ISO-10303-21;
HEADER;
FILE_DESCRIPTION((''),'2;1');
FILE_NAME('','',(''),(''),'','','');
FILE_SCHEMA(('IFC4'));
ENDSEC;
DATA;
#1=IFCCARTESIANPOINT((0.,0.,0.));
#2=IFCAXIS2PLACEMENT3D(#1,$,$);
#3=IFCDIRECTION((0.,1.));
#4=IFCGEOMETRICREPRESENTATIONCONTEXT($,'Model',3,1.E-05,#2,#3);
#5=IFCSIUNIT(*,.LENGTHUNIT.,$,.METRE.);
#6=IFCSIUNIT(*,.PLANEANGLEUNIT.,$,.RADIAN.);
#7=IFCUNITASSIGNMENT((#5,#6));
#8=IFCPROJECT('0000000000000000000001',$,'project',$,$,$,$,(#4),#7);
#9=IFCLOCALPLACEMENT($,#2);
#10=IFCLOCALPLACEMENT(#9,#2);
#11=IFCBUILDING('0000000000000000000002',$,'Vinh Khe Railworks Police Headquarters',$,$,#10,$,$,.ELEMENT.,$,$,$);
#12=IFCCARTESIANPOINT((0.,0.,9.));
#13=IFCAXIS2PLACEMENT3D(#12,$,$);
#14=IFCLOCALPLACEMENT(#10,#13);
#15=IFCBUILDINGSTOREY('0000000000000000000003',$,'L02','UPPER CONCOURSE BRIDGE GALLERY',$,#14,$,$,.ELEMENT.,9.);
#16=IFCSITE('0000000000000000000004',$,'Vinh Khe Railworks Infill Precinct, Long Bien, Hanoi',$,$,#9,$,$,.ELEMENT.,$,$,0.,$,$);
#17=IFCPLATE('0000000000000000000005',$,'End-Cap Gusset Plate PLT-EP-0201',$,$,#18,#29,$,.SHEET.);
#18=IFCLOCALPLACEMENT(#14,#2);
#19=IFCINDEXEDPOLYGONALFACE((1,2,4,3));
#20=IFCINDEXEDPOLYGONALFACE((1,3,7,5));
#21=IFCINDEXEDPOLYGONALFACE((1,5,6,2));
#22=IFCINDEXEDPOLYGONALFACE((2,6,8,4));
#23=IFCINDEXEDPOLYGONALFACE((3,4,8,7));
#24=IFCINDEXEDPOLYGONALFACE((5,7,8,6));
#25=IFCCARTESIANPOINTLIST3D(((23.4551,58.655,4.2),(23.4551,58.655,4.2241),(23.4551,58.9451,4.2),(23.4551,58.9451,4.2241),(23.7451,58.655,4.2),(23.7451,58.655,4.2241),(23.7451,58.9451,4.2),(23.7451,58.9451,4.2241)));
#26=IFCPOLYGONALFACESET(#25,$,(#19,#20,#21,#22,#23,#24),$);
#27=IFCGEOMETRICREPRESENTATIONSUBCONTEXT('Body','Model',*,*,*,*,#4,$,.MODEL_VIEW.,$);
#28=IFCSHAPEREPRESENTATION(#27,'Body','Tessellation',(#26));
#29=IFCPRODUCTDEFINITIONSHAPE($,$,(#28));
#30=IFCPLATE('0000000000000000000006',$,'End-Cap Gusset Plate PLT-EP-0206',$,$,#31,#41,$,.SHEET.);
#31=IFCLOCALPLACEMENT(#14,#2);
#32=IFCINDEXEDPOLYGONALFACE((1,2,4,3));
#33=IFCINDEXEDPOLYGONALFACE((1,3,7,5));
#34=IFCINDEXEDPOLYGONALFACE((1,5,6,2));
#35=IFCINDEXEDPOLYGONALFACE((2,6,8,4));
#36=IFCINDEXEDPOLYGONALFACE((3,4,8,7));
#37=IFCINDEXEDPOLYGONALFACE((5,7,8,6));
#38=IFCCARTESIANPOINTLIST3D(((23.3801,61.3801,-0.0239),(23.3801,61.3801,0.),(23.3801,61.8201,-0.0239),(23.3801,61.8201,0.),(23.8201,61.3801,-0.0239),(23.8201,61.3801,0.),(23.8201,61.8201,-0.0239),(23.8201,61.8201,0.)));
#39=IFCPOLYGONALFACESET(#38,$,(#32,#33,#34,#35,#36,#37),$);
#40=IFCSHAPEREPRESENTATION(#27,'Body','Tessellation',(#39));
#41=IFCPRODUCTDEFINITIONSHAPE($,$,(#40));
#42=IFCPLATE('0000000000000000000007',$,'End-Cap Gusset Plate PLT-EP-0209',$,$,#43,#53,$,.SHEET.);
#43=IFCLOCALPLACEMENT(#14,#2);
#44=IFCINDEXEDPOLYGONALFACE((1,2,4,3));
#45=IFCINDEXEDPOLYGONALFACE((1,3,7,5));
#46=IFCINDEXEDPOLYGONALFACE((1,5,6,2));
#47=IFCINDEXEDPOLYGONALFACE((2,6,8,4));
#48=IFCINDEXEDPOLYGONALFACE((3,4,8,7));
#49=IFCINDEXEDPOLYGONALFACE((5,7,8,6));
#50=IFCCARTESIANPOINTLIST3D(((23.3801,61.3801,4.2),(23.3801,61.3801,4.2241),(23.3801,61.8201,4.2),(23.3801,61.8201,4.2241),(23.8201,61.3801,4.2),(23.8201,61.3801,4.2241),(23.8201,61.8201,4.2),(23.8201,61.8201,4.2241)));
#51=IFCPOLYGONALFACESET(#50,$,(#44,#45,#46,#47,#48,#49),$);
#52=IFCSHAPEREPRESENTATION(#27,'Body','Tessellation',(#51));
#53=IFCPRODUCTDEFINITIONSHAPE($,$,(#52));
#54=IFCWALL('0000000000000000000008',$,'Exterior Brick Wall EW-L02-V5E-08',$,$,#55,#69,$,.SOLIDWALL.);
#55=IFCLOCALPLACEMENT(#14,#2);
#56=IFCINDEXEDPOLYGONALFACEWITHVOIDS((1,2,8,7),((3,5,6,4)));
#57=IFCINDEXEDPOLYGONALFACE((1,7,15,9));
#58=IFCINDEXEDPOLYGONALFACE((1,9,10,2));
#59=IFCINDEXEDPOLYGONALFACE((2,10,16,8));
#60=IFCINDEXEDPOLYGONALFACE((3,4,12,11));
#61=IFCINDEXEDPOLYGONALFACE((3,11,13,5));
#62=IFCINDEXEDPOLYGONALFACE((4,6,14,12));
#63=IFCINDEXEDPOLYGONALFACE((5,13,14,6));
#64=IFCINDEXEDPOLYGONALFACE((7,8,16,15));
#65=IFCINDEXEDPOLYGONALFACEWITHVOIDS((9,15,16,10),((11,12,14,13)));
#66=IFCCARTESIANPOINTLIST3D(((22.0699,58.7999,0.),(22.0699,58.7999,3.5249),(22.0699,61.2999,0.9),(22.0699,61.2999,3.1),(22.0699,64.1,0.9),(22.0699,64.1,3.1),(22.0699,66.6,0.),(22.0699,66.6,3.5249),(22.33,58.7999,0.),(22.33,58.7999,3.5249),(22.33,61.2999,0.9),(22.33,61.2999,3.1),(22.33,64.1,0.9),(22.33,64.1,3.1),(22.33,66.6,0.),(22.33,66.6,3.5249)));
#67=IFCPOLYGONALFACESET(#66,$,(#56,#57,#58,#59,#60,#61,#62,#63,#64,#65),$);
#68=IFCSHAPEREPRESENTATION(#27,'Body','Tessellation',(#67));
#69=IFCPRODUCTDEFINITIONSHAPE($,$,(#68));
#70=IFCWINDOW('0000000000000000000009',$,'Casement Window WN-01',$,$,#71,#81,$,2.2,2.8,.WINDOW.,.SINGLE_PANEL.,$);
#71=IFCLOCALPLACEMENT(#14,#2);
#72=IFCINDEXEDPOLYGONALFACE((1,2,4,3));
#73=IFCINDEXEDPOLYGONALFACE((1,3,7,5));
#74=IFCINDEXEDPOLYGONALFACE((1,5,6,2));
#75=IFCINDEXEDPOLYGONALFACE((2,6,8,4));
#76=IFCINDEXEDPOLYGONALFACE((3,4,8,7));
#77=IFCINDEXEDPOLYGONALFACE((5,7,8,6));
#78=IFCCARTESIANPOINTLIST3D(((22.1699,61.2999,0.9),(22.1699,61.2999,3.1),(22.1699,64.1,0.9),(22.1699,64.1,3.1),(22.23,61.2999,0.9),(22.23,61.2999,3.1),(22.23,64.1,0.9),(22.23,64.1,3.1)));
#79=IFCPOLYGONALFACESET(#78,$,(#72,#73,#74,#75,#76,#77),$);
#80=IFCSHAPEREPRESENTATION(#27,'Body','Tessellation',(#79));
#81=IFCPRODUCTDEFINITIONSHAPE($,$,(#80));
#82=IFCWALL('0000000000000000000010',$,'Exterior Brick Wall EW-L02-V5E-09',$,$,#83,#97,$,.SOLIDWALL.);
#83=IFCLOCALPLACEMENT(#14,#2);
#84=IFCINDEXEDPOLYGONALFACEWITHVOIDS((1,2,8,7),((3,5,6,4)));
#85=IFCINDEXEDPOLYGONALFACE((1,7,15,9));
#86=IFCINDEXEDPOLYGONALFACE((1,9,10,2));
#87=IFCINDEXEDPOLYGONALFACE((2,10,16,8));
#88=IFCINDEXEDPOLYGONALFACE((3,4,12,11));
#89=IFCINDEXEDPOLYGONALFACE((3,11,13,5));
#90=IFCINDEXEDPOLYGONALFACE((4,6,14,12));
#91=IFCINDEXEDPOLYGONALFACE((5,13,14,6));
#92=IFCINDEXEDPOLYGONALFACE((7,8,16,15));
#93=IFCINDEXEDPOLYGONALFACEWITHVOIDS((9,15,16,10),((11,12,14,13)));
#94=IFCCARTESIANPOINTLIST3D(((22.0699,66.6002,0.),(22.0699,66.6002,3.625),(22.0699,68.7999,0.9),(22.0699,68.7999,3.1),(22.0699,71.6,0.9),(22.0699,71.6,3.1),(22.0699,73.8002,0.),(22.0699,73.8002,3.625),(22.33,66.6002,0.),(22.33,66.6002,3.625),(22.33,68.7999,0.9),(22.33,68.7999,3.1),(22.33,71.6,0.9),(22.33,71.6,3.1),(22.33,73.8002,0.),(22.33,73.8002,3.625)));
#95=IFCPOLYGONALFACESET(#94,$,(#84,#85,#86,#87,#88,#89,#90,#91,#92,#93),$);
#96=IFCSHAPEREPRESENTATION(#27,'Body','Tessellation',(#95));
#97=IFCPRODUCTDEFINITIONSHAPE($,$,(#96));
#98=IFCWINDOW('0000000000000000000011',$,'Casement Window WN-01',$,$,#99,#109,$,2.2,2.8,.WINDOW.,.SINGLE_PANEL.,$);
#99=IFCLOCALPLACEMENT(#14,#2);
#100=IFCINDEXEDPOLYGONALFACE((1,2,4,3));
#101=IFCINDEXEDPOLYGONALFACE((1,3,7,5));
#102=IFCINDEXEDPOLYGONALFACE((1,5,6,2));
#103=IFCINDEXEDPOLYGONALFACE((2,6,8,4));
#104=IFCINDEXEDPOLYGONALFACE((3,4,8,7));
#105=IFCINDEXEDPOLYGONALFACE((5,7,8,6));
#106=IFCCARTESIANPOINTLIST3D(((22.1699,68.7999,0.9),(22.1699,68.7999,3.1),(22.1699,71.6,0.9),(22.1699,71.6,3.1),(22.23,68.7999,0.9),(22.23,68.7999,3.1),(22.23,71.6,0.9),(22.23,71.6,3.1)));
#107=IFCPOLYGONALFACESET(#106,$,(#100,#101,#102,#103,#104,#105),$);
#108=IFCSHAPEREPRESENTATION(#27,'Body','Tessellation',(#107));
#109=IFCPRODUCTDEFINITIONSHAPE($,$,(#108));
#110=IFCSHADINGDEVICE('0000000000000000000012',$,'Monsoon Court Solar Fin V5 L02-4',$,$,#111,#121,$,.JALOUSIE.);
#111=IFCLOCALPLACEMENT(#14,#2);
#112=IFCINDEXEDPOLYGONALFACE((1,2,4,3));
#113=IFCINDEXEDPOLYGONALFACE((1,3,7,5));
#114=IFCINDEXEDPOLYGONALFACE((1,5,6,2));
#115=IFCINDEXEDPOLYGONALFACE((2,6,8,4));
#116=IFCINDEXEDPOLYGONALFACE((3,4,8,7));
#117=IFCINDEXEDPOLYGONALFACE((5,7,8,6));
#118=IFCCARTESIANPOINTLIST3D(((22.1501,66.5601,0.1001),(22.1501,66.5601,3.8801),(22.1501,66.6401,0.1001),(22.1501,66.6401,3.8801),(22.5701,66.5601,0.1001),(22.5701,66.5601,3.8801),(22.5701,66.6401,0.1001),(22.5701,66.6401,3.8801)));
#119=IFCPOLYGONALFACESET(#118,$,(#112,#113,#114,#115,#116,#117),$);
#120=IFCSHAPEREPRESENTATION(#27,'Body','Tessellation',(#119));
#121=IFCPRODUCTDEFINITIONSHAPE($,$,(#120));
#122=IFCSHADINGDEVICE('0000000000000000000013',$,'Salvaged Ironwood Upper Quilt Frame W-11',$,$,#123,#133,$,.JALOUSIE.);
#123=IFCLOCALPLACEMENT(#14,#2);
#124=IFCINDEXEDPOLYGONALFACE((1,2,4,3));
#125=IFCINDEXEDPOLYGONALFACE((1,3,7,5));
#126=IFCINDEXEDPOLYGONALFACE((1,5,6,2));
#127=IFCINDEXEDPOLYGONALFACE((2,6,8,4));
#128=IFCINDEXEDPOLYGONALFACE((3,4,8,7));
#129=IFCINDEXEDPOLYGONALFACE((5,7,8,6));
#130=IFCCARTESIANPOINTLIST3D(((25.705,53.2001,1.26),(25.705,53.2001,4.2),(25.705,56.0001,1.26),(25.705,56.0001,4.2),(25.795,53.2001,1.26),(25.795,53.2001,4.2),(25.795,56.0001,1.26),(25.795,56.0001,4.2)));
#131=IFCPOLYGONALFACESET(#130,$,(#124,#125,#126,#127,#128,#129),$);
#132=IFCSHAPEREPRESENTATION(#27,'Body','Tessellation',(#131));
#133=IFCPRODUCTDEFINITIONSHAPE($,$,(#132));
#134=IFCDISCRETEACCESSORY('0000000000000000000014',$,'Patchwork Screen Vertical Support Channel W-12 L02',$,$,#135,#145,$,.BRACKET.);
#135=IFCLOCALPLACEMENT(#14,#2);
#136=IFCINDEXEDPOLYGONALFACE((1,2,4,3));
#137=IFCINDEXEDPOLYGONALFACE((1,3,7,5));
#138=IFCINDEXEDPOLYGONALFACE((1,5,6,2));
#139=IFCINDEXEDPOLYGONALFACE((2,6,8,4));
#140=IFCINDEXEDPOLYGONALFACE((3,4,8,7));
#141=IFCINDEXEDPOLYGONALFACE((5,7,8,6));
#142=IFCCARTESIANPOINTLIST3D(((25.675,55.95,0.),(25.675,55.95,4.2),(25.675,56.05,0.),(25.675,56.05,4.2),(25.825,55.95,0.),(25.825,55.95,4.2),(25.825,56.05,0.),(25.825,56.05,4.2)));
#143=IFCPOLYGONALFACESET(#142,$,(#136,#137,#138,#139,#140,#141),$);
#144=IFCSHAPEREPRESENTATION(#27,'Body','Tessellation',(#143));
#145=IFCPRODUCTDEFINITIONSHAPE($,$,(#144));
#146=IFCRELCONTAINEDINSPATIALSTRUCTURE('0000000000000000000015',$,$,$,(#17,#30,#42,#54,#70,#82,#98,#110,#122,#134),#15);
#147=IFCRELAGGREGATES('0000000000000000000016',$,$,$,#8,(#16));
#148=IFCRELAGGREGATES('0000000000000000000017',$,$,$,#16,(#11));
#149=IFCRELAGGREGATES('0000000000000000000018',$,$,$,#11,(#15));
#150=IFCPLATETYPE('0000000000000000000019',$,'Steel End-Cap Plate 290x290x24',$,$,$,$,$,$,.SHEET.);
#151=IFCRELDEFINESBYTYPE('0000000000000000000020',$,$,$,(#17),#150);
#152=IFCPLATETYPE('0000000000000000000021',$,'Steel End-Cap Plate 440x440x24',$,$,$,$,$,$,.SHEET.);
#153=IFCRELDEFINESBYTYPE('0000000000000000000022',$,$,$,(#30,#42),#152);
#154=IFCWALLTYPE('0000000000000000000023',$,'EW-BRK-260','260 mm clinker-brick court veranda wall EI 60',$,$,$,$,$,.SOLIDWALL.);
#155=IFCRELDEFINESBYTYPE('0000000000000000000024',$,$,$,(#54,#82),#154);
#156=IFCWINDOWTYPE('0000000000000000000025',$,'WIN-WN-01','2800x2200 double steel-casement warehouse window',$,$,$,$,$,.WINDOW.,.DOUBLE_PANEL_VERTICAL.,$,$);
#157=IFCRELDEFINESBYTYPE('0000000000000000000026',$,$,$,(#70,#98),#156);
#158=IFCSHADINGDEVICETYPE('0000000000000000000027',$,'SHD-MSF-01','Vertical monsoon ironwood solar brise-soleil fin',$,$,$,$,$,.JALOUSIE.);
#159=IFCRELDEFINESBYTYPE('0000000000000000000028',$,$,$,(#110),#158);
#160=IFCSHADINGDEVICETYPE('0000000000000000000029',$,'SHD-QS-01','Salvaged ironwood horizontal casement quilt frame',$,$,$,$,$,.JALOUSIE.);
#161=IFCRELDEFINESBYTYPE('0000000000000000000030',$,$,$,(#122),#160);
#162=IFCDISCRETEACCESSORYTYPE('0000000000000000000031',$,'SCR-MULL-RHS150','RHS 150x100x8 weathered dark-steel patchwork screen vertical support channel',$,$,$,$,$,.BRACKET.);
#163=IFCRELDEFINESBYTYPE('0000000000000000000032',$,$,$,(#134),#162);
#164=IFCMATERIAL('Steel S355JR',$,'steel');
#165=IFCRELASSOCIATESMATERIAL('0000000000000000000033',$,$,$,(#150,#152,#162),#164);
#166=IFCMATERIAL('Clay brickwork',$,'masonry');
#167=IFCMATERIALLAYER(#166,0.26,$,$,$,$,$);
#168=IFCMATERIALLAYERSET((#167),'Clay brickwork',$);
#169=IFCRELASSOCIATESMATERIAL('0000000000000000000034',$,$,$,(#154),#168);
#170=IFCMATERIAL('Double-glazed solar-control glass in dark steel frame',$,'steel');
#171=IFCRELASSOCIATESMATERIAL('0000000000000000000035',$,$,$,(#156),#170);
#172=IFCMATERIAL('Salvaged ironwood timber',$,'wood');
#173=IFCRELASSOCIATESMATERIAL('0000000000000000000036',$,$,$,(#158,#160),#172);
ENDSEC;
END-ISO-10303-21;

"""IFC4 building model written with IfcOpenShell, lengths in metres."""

from ifc_helpers import new_model, si_unit, direction, frame, frame_2d, origin, origin_2d, place, context, subcontext, project, spatial, rectangle, extrude, material, layer, layer_set, material_profile, profile_set, type_object, element, fill, save


model = new_model("IFC4")

# Units and contexts
model_context = context("Model", 3, precision=1e-05, world=origin(), true_north=direction((0.0, 1.0)))
body_context = subcontext(model_context, "Body", "Model", "MODEL_VIEW")
ifc_project = project(units=[si_unit("LENGTHUNIT", "METRE"), si_unit("PLANEANGLEUNIT", "RADIAN")], contexts=[model_context])

# Site, building, storey
site_placement = place(None, origin())
site = spatial("IfcSite", under=ifc_project, at=site_placement, Name="Vinh Khe Railworks Infill Precinct, Long Bien, Hanoi", CompositionType="ELEMENT", RefElevation=0.0)
building_placement = place(site_placement, origin())
building = spatial("IfcBuilding", under=site, at=building_placement, Name="Vinh Khe Railworks Police Headquarters", CompositionType="ELEMENT")
storey_placement = place(building_placement, frame((0.0, 0.0, 9.0)))
storey = spatial("IfcBuildingStorey", under=building, at=storey_placement, Name="L02", Description="UPPER CONCOURSE BRIDGE GALLERY", CompositionType="ELEMENT", Elevation=9.0)

# Shared definitions
ifc_material_1 = material(Name="Steel S355JR", Category="steel")

# Shared definitions
ifc_material_2 = material(Name="Salvaged ironwood timber", Category="wood")

# Plates
ifc_material_profile_1 = material_profile(ifc_material_1, rectangle(XDim=0.29, YDim=0.29, at=origin_2d()), Name="PL 290x290")
ifc_profile_set_1 = profile_set([ifc_material_profile_1], Name="Steel S355JR")
plate_type_1 = type_object("IfcPlateType", Name="Steel End-Cap Plate 290x290x24", PredefinedType="SHEET", material=ifc_profile_set_1)
plate_1_placement = place(storey_placement, frame((23.6001, 58.8, 4.2), z_axis=(0.0, 0.0, 1.0), x_axis=(1.0, 0.0, 0.0)))
element("IfcPlate", 1, at=plate_1_placement, inside=storey, type_object=plate_type_1, Name="End-Cap Gusset Plate PLT-EP-0201", PredefinedType="SHEET", context=body_context, shape_type="SweptSolid", body=[
    extrude(rectangle(XDim=0.29, YDim=0.29, at=origin_2d()), origin(), (0.0, 0.0, 1.0), 0.0242),
])
ifc_material_profile_2 = material_profile(ifc_material_1, rectangle(XDim=0.4399, YDim=0.4399, at=origin_2d()), Name="PL 440x440")
ifc_profile_set_2 = profile_set([ifc_material_profile_2], Name="Steel S355JR")
plate_type_2 = type_object("IfcPlateType", Name="Steel End-Cap Plate 440x440x24", PredefinedType="SHEET", material=ifc_profile_set_2)
plate_2_placement = place(storey_placement, frame((23.6001, 61.6001, 0.0), z_axis=(0.0, 0.0, -1.0), x_axis=(1.0, 0.0, 0.0)))
element("IfcPlate", 2, at=plate_2_placement, inside=storey, type_object=plate_type_2, Name="End-Cap Gusset Plate PLT-EP-0206", PredefinedType="SHEET", context=body_context, shape_type="SweptSolid", body=[
    extrude(rectangle(XDim=0.4399, YDim=0.4399, at=origin_2d()), origin(), (0.0, 0.0, 1.0), 0.0239),
])
plate_3_placement = place(storey_placement, frame((23.6001, 61.6001, 4.2), z_axis=(0.0, 0.0, 1.0), x_axis=(1.0, 0.0, 0.0)))
element("IfcPlate", 3, at=plate_3_placement, inside=storey, type_object=plate_type_2, Name="End-Cap Gusset Plate PLT-EP-0209", PredefinedType="SHEET", context=body_context, shape_type="SweptSolid", body=[
    extrude(rectangle(XDim=0.4399, YDim=0.4399, at=origin_2d()), origin(), (0.0, 0.0, 1.0), 0.0242),
])

# Walls, openings, windows
ifc_material_3 = material(Name="Clay brickwork", Category="masonry")
ifc_layer_1 = layer(ifc_material_3, 0.26)
ifc_layer_set_1 = layer_set([ifc_layer_1], Name="Clay brickwork")
wall_type = type_object("IfcWallType", Name="EW-BRK-260", Description="260 mm clinker-brick court veranda wall EI 60", PredefinedType="SOLIDWALL", material=ifc_layer_set_1)
wall_1_placement = place(storey_placement, frame((22.2, 58.8, 0.0), z_axis=(0.0, 0.0, 1.0), x_axis=(0.0, 1.0, 0.0)))
wall_1 = element("IfcWall", 4, at=wall_1_placement, inside=storey, type_object=wall_type, Name="Exterior Brick Wall EW-L02-V5E-08", PredefinedType="SOLIDWALL", context=body_context, shape_type="SweptSolid", body=[
    extrude(rectangle(XDim=7.8, YDim=0.26, at=frame_2d((3.8999, 0.0))), origin(), (0.0, 0.0, 1.0), 3.5249),
])
opening_1_placement = place(wall_1_placement, frame((2.5, 0.0, 0.8999)))
opening_1 = element("IfcOpeningElement", 5, at=opening_1_placement, cuts=wall_1, PredefinedType="OPENING", context=body_context, shape_type="SweptSolid", body=[
    extrude(rectangle(XDim=2.8, YDim=2.2, at=frame_2d((1.3999, 1.1001))), frame((0.0, 0.145, 0.0), z_axis=(0.0, -1.0, 0.0), x_axis=(1.0, 0.0, 0.0)), (0.0, 0.0, 1.0), 0.2898),
])
ifc_material_4 = material(Name="Double-glazed solar-control glass in dark steel frame", Category="steel")
window_type = type_object("IfcWindowType", Name="WIN-WN-01", Description="2800x2200 double steel-casement warehouse window", PartitioningType="DOUBLE_PANEL_VERTICAL", PredefinedType="WINDOW", material=ifc_material_4)
window_1_placement = place(opening_1_placement, origin())
window_1 = element("IfcWindow", 6, at=window_1_placement, inside=storey, type_object=window_type, Name="Casement Window WN-01", OverallHeight=2.2, OverallWidth=2.8, PartitioningType="SINGLE_PANEL", PredefinedType="WINDOW", context=body_context, shape_type="SweptSolid", body=[
    extrude(rectangle(XDim=2.8, YDim=2.2, at=frame_2d((1.3999, 1.1001))), frame((0.0, 0.03, 0.0), z_axis=(0.0, -1.0, 0.0), x_axis=(1.0, 0.0, 0.0)), (0.0, 0.0, 1.0), 0.0601),
])
fill(opening_1, window_1)
wall_2_placement = place(storey_placement, frame((22.2, 66.6001, 0.0), z_axis=(0.0, 0.0, 1.0), x_axis=(0.0, 1.0, 0.0)))
wall_2 = element("IfcWall", 7, at=wall_2_placement, inside=storey, type_object=wall_type, Name="Exterior Brick Wall EW-L02-V5E-09", PredefinedType="SOLIDWALL", context=body_context, shape_type="SweptSolid", body=[
    extrude(rectangle(XDim=7.2, YDim=0.26, at=frame_2d((3.6001, 0.0))), origin(), (0.0, 0.0, 1.0), 3.625),
])
opening_2_placement = place(wall_2_placement, frame((2.2, 0.0, 0.8999)))
opening_2 = element("IfcOpeningElement", 8, at=opening_2_placement, cuts=wall_2, PredefinedType="OPENING", context=body_context, shape_type="SweptSolid", body=[
    extrude(rectangle(XDim=2.8, YDim=2.2, at=frame_2d((1.3999, 1.1001))), frame((0.0, 0.145, 0.0), z_axis=(0.0, -1.0, 0.0), x_axis=(1.0, 0.0, 0.0)), (0.0, 0.0, 1.0), 0.2898),
])
window_2_placement = place(opening_2_placement, origin())
window_2 = element("IfcWindow", 9, at=window_2_placement, inside=storey, type_object=window_type, Name="Casement Window WN-01", OverallHeight=2.2, OverallWidth=2.8, PartitioningType="SINGLE_PANEL", PredefinedType="WINDOW", context=body_context, shape_type="SweptSolid", body=[
    extrude(rectangle(XDim=2.8, YDim=2.2, at=frame_2d((1.3999, 1.1001))), frame((0.0, 0.03, 0.0), z_axis=(0.0, -1.0, 0.0), x_axis=(1.0, 0.0, 0.0)), (0.0, 0.0, 1.0), 0.0601),
])
fill(opening_2, window_2)

# Shading devices
shading_device_type_1 = type_object("IfcShadingDeviceType", Name="SHD-MSF-01", Description="Vertical monsoon ironwood solar brise-soleil fin", PredefinedType="JALOUSIE", material=ifc_material_2)
shading_device_1_placement = place(storey_placement, frame((22.3601, 66.6001, 0.1001), z_axis=(0.0, 0.0, 1.0), x_axis=(1.0, 0.0, 0.0)))
element("IfcShadingDevice", 10, at=shading_device_1_placement, inside=storey, type_object=shading_device_type_1, Name="Monsoon Court Solar Fin V5 L02-4", PredefinedType="JALOUSIE", context=body_context, shape_type="SweptSolid", body=[
    extrude(rectangle(XDim=0.4199, YDim=0.0801, at=origin_2d()), origin(), (0.0, 0.0, 1.0), 3.78),
])
shading_device_type_2 = type_object("IfcShadingDeviceType", Name="SHD-QS-01", Description="Salvaged ironwood horizontal casement quilt frame", PredefinedType="JALOUSIE", material=ifc_material_2)
shading_device_2_placement = place(storey_placement, frame((25.75, 54.6001, 1.26), z_axis=(0.0, 0.0, 1.0), x_axis=(0.0, 1.0, 0.0)))
element("IfcShadingDevice", 11, at=shading_device_2_placement, inside=storey, type_object=shading_device_type_2, Name="Salvaged Ironwood Upper Quilt Frame W-11", PredefinedType="JALOUSIE", context=body_context, shape_type="SweptSolid", body=[
    extrude(rectangle(XDim=2.8, YDim=0.0901, at=origin_2d()), origin(), (0.0, 0.0, 1.0), 2.9399),
])

# Discrete accessory
discrete_accessory_type = type_object("IfcDiscreteAccessoryType", Name="SCR-MULL-RHS150", Description="RHS 150x100x8 weathered dark-steel patchwork screen vertical support channel", PredefinedType="BRACKET", material=ifc_material_1)
discrete_accessory_placement = place(storey_placement, frame((25.75, 56.0, 0.0), z_axis=(0.0, 0.0, 1.0), x_axis=(1.0, 0.0, 0.0)))
element("IfcDiscreteAccessory", 12, at=discrete_accessory_placement, inside=storey, type_object=discrete_accessory_type, Name="Patchwork Screen Vertical Support Channel W-12 L02", PredefinedType="BRACKET", context=body_context, shape_type="SweptSolid", body=[
    extrude(rectangle(XDim=0.1499, YDim=0.1001, at=origin_2d()), origin(), (0.0, 0.0, 1.0), 4.2),
])

save(model, "model.ifc")
